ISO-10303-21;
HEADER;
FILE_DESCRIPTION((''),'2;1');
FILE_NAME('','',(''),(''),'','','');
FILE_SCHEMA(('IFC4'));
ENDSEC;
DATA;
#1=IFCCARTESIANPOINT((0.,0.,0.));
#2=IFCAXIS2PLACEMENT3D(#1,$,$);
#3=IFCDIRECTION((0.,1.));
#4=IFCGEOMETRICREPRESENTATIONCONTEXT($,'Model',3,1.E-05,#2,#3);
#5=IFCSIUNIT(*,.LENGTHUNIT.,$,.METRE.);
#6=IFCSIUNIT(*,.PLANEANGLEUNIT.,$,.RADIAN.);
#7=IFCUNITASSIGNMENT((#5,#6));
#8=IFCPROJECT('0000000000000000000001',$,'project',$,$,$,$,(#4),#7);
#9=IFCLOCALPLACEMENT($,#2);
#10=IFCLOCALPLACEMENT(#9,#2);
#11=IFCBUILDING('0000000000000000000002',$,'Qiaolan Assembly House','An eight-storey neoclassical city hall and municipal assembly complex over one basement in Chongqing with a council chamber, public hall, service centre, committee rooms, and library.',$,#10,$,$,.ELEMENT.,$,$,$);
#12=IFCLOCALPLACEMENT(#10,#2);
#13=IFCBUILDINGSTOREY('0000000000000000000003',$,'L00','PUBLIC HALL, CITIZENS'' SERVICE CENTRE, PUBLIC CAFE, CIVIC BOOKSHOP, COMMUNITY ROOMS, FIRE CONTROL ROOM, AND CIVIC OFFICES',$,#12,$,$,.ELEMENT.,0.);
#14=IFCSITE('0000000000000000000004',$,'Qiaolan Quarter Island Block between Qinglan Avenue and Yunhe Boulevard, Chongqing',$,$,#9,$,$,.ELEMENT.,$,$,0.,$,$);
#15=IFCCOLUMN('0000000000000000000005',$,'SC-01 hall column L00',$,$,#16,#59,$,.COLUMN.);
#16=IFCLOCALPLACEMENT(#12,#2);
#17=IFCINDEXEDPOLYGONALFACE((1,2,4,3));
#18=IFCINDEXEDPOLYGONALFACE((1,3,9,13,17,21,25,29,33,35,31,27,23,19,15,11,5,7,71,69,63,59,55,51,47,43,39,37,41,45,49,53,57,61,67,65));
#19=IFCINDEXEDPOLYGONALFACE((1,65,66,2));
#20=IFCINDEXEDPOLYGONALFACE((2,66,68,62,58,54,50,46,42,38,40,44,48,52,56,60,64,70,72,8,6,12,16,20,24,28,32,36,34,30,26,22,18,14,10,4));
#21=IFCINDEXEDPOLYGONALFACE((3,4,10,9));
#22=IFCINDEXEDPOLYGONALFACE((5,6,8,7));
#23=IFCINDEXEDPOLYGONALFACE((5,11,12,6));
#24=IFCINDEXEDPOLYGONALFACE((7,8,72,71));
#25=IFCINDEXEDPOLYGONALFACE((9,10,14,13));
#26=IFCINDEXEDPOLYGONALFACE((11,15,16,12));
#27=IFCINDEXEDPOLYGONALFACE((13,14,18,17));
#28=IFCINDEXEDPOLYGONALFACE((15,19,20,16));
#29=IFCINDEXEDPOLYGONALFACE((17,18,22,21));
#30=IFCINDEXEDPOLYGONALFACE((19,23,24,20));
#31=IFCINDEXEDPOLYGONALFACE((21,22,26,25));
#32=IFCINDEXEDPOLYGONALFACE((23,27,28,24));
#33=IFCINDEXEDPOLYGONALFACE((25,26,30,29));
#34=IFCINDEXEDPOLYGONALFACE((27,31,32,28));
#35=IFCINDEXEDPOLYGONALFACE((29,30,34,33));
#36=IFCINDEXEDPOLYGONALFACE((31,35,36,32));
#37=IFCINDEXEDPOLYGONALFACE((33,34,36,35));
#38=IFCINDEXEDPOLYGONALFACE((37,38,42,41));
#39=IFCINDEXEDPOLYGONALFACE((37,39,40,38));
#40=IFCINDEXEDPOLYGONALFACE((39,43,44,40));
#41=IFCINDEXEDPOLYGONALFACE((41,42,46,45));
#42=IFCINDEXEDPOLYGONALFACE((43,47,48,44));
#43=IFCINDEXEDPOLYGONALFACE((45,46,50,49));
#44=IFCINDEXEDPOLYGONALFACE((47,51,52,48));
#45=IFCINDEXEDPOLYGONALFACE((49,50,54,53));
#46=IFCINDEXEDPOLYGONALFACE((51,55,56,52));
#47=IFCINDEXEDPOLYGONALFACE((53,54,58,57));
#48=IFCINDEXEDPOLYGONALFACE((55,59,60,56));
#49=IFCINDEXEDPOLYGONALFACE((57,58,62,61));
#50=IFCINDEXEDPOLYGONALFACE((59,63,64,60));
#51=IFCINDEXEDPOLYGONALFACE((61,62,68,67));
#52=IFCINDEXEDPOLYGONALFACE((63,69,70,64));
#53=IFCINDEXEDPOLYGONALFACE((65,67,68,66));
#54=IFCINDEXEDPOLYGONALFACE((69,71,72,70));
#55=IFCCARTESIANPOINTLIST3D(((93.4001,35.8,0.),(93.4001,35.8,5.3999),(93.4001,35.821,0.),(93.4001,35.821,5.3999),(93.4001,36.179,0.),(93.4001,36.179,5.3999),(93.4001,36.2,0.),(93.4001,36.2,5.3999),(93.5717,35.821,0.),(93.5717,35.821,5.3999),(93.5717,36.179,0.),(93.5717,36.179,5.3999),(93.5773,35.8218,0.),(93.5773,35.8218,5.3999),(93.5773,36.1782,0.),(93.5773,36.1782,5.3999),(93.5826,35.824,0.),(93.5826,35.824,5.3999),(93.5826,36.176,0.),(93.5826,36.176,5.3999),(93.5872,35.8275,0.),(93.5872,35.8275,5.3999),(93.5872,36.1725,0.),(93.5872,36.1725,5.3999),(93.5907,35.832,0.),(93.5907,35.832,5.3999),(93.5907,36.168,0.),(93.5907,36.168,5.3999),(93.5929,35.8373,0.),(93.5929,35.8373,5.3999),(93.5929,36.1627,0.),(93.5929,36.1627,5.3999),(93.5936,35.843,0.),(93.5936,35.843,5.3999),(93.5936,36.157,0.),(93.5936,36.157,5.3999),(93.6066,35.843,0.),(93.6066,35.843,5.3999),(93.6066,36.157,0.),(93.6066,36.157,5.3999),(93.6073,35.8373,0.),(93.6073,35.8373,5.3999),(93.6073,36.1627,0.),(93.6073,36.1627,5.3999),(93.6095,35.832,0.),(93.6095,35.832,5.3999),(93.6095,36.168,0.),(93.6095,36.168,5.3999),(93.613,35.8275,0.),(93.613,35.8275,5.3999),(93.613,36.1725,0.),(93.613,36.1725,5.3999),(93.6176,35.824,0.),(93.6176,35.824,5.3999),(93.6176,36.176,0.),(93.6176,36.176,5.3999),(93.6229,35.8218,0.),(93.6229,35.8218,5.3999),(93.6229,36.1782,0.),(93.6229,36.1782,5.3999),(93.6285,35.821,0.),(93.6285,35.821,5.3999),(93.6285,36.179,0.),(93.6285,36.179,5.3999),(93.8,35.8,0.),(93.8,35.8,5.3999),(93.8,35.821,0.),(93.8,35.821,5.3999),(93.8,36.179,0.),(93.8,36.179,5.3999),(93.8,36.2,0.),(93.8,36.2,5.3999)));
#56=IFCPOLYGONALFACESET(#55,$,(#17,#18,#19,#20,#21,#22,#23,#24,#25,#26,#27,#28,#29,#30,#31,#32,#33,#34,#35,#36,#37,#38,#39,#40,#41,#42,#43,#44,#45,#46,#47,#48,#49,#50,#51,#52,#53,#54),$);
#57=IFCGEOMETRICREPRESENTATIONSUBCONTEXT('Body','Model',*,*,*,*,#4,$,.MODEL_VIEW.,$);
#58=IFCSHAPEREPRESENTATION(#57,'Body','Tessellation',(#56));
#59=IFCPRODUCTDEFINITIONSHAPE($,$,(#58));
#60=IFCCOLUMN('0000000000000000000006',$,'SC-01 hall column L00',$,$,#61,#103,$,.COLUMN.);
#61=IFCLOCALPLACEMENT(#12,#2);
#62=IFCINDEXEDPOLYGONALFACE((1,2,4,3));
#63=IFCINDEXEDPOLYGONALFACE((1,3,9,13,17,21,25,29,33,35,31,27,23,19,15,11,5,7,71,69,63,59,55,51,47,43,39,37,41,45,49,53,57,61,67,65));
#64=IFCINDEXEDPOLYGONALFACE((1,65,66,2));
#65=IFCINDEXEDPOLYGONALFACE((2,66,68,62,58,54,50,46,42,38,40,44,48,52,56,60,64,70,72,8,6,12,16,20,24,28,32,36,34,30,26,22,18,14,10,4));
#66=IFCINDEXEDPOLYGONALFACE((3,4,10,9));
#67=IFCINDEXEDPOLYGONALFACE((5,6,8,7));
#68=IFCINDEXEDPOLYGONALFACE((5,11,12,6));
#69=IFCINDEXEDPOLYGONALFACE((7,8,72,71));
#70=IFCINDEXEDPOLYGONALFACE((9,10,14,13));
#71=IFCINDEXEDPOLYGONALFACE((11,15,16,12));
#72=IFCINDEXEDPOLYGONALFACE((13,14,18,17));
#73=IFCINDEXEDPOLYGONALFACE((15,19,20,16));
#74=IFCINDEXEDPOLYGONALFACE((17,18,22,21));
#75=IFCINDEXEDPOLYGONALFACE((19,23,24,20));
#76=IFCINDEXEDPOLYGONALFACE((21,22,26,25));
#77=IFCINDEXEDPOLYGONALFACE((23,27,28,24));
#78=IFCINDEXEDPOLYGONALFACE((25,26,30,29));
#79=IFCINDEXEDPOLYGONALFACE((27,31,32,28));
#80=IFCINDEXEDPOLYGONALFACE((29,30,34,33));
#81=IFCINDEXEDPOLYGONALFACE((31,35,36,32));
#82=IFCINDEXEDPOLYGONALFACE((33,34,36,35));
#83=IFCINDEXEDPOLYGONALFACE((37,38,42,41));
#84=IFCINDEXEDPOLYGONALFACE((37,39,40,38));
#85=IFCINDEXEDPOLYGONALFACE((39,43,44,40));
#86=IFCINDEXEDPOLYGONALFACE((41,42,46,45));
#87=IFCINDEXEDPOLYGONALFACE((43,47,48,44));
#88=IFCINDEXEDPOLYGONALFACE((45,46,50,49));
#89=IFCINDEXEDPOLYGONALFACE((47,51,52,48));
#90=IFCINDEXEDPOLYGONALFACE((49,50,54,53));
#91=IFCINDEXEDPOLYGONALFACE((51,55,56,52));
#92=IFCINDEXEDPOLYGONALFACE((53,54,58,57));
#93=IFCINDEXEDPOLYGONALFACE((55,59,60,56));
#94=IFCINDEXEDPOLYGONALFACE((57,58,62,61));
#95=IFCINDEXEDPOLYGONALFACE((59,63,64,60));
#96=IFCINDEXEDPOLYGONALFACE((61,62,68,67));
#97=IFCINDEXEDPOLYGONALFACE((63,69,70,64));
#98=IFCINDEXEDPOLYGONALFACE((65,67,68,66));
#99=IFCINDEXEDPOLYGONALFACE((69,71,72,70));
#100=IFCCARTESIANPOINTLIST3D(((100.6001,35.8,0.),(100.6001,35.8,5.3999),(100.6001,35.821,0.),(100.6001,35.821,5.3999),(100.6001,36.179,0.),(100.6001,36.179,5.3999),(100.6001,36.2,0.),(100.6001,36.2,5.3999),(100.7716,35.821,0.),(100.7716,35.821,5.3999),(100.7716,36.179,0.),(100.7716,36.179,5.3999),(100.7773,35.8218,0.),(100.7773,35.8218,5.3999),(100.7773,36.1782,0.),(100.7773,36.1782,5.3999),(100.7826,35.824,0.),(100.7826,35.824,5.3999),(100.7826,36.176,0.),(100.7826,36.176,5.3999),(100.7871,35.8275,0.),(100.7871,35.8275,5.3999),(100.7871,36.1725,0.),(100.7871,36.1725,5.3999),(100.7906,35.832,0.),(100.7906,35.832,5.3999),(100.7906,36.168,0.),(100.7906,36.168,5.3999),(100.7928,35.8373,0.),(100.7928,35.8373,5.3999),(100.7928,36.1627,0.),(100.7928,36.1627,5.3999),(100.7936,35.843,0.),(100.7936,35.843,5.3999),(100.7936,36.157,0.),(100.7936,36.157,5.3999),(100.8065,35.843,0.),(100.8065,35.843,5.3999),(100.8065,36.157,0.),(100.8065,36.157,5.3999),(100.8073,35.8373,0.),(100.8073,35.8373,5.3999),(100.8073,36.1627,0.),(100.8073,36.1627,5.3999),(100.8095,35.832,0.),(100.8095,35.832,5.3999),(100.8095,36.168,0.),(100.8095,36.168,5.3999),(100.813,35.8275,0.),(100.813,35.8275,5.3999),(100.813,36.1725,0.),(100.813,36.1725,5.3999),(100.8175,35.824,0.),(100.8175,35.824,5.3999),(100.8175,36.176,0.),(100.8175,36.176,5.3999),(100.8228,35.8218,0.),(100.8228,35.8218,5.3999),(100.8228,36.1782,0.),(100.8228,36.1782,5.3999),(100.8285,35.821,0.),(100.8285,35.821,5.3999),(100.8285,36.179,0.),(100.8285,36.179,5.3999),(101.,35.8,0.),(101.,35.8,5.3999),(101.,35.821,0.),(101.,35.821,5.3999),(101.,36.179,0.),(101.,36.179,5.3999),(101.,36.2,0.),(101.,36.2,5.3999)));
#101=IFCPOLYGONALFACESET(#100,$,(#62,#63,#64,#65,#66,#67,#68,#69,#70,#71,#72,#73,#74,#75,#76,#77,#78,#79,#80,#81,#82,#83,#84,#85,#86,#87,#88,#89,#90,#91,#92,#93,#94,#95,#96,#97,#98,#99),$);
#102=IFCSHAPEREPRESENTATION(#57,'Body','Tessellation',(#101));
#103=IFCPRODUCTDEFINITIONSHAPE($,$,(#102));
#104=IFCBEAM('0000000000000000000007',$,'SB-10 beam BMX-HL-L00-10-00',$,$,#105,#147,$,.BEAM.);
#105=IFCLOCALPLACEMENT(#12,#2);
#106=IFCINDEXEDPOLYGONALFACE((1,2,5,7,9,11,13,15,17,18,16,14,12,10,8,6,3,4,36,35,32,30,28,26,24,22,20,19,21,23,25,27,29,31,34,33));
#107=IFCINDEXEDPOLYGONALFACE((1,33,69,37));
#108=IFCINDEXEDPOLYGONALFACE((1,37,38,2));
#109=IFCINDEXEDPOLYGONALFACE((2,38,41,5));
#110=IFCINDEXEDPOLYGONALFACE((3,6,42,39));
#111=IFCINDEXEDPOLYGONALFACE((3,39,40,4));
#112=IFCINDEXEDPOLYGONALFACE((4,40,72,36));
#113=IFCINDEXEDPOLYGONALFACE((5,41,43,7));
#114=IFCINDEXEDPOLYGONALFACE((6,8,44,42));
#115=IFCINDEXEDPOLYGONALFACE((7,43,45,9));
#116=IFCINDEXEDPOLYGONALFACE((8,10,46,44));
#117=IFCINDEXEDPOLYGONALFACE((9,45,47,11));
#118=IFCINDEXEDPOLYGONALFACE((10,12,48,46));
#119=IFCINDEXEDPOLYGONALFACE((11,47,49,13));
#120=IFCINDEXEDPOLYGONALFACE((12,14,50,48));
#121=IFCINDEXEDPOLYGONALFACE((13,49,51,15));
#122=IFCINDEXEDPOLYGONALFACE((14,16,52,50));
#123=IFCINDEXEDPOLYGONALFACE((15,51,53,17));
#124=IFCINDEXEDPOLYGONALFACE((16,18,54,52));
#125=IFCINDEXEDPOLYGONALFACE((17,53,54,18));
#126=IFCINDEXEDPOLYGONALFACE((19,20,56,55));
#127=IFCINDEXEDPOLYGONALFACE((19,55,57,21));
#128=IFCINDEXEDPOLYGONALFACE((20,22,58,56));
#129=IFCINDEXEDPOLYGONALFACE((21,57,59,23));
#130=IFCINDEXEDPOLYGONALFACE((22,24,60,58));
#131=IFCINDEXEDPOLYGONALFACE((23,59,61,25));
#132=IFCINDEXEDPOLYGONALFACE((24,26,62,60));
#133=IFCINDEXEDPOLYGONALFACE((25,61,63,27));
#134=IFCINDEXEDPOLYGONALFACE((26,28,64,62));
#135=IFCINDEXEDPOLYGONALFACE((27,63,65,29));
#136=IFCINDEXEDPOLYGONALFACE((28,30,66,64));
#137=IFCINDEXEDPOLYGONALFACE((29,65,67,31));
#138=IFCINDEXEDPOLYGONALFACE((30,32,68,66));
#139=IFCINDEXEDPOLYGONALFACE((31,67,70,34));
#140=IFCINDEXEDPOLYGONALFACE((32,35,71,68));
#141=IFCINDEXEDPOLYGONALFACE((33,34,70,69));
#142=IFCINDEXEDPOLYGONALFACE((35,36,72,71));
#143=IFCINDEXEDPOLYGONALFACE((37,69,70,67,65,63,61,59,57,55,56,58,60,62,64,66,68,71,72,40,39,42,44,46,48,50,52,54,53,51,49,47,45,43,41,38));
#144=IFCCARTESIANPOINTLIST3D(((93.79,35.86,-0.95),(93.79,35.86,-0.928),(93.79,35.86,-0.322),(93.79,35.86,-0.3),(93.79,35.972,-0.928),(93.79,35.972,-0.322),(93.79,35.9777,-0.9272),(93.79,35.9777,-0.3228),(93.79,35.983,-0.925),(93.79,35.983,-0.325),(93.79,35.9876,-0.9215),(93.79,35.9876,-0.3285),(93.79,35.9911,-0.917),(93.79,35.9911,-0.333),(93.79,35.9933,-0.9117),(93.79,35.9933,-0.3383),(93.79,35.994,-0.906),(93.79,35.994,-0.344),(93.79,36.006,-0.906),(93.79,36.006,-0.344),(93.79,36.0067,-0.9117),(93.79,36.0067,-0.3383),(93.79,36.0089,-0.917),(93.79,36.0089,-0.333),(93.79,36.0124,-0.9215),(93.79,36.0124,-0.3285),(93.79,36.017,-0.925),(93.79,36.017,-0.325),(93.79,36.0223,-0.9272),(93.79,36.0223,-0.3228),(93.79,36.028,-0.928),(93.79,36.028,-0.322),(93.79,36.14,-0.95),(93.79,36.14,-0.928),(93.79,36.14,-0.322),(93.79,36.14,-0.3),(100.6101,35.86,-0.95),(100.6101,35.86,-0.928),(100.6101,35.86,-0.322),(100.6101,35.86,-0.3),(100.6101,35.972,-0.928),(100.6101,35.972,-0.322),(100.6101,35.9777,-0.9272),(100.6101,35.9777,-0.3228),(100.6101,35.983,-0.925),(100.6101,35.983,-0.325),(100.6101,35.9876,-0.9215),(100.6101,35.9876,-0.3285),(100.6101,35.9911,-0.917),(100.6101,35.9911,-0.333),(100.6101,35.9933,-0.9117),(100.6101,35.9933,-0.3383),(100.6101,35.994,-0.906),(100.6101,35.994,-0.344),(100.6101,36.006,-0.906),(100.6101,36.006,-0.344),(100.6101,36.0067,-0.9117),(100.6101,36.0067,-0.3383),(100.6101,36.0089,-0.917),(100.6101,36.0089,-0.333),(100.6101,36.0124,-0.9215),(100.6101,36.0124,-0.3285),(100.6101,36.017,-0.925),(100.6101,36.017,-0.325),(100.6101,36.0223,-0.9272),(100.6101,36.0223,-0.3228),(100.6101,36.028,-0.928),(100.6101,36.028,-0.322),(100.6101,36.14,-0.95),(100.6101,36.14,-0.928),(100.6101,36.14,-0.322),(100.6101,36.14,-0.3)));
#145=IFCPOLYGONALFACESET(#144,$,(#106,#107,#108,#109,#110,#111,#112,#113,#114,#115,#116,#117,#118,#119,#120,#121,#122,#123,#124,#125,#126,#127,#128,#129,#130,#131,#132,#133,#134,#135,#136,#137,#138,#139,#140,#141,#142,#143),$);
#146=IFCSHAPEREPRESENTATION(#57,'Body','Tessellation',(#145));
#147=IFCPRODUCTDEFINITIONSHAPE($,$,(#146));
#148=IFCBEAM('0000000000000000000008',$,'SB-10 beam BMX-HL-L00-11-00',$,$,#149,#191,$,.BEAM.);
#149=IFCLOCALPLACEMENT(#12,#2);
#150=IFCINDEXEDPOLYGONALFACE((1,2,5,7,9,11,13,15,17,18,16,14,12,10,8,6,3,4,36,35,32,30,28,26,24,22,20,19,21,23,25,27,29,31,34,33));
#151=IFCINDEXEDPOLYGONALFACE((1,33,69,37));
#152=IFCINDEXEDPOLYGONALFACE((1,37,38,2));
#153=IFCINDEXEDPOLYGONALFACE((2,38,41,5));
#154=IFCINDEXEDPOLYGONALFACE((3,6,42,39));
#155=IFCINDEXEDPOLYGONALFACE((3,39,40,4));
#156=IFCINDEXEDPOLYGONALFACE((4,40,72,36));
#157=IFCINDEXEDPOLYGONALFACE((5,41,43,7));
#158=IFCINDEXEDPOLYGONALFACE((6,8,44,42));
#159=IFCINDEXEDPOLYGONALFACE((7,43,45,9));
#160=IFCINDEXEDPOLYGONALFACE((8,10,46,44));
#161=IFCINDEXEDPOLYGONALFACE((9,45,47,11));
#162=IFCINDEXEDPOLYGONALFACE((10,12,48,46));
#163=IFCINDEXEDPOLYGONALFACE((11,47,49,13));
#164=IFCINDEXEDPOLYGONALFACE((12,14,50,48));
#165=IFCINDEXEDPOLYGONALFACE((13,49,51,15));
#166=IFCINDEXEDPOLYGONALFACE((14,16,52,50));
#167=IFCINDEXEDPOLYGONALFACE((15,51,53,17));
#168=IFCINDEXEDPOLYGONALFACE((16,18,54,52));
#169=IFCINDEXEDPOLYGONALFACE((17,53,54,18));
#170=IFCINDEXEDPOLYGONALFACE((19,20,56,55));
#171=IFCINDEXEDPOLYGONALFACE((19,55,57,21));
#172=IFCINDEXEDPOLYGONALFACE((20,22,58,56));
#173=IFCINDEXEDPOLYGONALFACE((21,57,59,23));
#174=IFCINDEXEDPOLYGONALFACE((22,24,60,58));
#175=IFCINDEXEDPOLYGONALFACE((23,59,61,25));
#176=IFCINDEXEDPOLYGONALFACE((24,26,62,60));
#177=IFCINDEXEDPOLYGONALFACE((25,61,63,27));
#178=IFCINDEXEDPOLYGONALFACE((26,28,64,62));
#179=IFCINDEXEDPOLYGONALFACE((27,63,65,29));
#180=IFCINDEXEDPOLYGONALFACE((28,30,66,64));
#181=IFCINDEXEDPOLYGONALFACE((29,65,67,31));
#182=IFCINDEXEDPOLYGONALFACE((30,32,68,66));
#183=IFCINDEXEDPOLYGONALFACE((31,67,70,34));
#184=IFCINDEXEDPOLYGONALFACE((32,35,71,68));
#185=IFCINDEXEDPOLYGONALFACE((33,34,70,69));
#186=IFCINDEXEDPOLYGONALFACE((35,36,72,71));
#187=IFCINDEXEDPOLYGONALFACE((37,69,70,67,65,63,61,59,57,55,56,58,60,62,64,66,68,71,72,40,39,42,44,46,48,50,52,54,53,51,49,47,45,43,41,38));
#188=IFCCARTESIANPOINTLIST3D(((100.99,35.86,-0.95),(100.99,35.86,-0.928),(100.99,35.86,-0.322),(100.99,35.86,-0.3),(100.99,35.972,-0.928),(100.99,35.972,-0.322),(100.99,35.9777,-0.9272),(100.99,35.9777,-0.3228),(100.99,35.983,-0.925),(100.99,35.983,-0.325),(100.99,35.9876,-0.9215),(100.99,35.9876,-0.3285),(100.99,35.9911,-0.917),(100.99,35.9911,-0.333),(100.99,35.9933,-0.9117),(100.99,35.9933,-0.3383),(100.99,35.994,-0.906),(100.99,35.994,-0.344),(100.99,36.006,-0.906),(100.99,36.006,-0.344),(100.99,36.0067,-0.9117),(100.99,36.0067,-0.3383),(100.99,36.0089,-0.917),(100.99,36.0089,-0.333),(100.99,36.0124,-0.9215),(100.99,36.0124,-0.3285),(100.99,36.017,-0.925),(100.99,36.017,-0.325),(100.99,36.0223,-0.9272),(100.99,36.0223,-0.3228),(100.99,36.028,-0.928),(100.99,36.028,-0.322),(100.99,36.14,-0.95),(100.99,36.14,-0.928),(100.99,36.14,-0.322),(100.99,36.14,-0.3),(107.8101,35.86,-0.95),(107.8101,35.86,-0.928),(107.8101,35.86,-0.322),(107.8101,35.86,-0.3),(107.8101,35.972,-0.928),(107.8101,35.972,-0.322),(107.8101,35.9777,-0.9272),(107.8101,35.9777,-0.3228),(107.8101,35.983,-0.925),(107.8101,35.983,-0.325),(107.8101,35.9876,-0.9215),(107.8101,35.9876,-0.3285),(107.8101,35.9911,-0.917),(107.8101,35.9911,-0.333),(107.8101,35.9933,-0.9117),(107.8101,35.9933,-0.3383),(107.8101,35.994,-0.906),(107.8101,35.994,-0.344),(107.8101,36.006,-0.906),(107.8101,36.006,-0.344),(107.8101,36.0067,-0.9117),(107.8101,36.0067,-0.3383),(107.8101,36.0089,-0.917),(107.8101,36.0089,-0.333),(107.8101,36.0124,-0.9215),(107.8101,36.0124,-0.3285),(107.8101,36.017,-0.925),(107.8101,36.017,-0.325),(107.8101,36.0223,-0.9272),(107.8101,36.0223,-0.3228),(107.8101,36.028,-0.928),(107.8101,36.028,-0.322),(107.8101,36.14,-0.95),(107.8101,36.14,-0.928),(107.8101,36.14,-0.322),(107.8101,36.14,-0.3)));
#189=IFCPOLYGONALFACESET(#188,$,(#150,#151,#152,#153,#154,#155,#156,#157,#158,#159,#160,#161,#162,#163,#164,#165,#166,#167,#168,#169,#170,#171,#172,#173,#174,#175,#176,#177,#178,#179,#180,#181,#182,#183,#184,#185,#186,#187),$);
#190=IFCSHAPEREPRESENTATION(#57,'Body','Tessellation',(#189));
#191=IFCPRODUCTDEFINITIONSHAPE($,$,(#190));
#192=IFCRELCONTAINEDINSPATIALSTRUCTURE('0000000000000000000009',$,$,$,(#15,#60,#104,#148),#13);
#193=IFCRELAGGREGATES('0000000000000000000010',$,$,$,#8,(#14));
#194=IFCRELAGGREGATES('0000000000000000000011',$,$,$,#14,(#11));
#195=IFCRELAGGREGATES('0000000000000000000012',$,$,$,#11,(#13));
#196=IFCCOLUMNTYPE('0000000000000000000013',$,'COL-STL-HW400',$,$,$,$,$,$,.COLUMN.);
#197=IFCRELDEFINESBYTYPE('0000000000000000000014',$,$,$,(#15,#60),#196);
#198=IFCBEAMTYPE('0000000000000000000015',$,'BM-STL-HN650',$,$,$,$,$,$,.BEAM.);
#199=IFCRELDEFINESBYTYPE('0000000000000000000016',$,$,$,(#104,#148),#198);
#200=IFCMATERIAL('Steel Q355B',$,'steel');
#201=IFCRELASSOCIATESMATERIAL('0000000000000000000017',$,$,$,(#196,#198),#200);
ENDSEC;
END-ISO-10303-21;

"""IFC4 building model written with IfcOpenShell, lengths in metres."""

from ifc_helpers import new_model, si_unit, direction, frame, origin, origin_2d, place, context, subcontext, project, spatial, i_section, extrude, material, material_profile, profile_set, type_object, element, save


model = new_model("IFC4")

# Units and contexts
model_context = context("Model", 3, precision=1e-05, world=origin(), true_north=direction((0.0, 1.0)))
body_context = subcontext(model_context, "Body", "Model", "MODEL_VIEW")
ifc_project = project(units=[si_unit("LENGTHUNIT", "METRE"), si_unit("PLANEANGLEUNIT", "RADIAN")], contexts=[model_context])

# Site, building, storey
site_placement = place(None, origin())
site = spatial("IfcSite", under=ifc_project, at=site_placement, Name="Qiaolan Quarter Island Block between Qinglan Avenue and Yunhe Boulevard, Chongqing", CompositionType="ELEMENT", RefElevation=0.0)
building_placement = place(site_placement, origin())
building = spatial("IfcBuilding", under=site, at=building_placement, Name="Qiaolan Assembly House", Description="An eight-storey neoclassical city hall and municipal assembly complex over one basement in Chongqing with a council chamber, public hall, service centre, committee rooms, and library.", CompositionType="ELEMENT")
storey_placement = place(building_placement, origin())
storey = spatial("IfcBuildingStorey", under=building, at=storey_placement, Name="L00", Description="PUBLIC HALL, CITIZENS' SERVICE CENTRE, PUBLIC CAFE, CIVIC BOOKSHOP, COMMUNITY ROOMS, FIRE CONTROL ROOM, AND CIVIC OFFICES", CompositionType="ELEMENT", Elevation=0.0)

# Columns
ifc_material_1 = material(Name="Steel Q355B", Category="steel")
ifc_material_profile_1 = material_profile(ifc_material_1, i_section(OverallWidth=0.3999, OverallDepth=0.3999, WebThickness=0.0129, FlangeThickness=0.021, FilletRadius=0.022, at=origin_2d()), Name="HW 400x400x13x21")
ifc_profile_set_1 = profile_set([ifc_material_profile_1], Name="Steel Q355B")
column_type = type_object("IfcColumnType", Name="COL-STL-HW400", PredefinedType="COLUMN", material=ifc_profile_set_1)
for number, where, z_axis, x_axis, name in (
    (1, (93.6001, 36.0, 0.0), (0.0, 0.0, 1.0), (1.0, 0.0, 0.0), "SC-01 hall column L00"),
    (2, (100.8, 36.0, 0.0), (0.0, 0.0, 1.0), (1.0, 0.0, 0.0), "SC-01 hall column L00"),
):
    element("IfcColumn", number, at=place(storey_placement, frame(where, z_axis=z_axis, x_axis=x_axis)), inside=storey, type_object=column_type, Name=name, PredefinedType="COLUMN", context=body_context, shape_type="SweptSolid", body=[
        extrude(i_section(OverallWidth=0.3999, OverallDepth=0.3999, WebThickness=0.0129, FlangeThickness=0.021, FilletRadius=0.022, at=origin_2d()), origin(), (0.0, 0.0, 1.0), 5.3999),
    ])

# Beams
ifc_material_profile_2 = material_profile(ifc_material_1, i_section(OverallWidth=0.28, OverallDepth=0.6499, WebThickness=0.012, FlangeThickness=0.022, FilletRadius=0.022, at=origin_2d()), Name="HN 650x280x12x22")
ifc_profile_set_2 = profile_set([ifc_material_profile_2], Name="Steel Q355B")
beam_type = type_object("IfcBeamType", Name="BM-STL-HN650", PredefinedType="BEAM", material=ifc_profile_set_2)
for number, where, z_axis, x_axis, name in (
    (3, (93.79, 36.0, -0.625), (1.0, 0.0, 0.0), (0.0, 1.0, 0.0), "SB-10 beam BMX-HL-L00-10-00"),
    (4, (100.99, 36.0, -0.625), (1.0, 0.0, 0.0), (0.0, 1.0, 0.0), "SB-10 beam BMX-HL-L00-11-00"),
):
    element("IfcBeam", number, at=place(storey_placement, frame(where, z_axis=z_axis, x_axis=x_axis)), inside=storey, type_object=beam_type, Name=name, PredefinedType="BEAM", context=body_context, shape_type="SweptSolid", body=[
        extrude(i_section(OverallWidth=0.28, OverallDepth=0.6499, WebThickness=0.012, FlangeThickness=0.022, FilletRadius=0.022, at=origin_2d()), origin(), (0.0, 0.0, 1.0), 6.8201),
    ])

save(model, "model.ifc")
